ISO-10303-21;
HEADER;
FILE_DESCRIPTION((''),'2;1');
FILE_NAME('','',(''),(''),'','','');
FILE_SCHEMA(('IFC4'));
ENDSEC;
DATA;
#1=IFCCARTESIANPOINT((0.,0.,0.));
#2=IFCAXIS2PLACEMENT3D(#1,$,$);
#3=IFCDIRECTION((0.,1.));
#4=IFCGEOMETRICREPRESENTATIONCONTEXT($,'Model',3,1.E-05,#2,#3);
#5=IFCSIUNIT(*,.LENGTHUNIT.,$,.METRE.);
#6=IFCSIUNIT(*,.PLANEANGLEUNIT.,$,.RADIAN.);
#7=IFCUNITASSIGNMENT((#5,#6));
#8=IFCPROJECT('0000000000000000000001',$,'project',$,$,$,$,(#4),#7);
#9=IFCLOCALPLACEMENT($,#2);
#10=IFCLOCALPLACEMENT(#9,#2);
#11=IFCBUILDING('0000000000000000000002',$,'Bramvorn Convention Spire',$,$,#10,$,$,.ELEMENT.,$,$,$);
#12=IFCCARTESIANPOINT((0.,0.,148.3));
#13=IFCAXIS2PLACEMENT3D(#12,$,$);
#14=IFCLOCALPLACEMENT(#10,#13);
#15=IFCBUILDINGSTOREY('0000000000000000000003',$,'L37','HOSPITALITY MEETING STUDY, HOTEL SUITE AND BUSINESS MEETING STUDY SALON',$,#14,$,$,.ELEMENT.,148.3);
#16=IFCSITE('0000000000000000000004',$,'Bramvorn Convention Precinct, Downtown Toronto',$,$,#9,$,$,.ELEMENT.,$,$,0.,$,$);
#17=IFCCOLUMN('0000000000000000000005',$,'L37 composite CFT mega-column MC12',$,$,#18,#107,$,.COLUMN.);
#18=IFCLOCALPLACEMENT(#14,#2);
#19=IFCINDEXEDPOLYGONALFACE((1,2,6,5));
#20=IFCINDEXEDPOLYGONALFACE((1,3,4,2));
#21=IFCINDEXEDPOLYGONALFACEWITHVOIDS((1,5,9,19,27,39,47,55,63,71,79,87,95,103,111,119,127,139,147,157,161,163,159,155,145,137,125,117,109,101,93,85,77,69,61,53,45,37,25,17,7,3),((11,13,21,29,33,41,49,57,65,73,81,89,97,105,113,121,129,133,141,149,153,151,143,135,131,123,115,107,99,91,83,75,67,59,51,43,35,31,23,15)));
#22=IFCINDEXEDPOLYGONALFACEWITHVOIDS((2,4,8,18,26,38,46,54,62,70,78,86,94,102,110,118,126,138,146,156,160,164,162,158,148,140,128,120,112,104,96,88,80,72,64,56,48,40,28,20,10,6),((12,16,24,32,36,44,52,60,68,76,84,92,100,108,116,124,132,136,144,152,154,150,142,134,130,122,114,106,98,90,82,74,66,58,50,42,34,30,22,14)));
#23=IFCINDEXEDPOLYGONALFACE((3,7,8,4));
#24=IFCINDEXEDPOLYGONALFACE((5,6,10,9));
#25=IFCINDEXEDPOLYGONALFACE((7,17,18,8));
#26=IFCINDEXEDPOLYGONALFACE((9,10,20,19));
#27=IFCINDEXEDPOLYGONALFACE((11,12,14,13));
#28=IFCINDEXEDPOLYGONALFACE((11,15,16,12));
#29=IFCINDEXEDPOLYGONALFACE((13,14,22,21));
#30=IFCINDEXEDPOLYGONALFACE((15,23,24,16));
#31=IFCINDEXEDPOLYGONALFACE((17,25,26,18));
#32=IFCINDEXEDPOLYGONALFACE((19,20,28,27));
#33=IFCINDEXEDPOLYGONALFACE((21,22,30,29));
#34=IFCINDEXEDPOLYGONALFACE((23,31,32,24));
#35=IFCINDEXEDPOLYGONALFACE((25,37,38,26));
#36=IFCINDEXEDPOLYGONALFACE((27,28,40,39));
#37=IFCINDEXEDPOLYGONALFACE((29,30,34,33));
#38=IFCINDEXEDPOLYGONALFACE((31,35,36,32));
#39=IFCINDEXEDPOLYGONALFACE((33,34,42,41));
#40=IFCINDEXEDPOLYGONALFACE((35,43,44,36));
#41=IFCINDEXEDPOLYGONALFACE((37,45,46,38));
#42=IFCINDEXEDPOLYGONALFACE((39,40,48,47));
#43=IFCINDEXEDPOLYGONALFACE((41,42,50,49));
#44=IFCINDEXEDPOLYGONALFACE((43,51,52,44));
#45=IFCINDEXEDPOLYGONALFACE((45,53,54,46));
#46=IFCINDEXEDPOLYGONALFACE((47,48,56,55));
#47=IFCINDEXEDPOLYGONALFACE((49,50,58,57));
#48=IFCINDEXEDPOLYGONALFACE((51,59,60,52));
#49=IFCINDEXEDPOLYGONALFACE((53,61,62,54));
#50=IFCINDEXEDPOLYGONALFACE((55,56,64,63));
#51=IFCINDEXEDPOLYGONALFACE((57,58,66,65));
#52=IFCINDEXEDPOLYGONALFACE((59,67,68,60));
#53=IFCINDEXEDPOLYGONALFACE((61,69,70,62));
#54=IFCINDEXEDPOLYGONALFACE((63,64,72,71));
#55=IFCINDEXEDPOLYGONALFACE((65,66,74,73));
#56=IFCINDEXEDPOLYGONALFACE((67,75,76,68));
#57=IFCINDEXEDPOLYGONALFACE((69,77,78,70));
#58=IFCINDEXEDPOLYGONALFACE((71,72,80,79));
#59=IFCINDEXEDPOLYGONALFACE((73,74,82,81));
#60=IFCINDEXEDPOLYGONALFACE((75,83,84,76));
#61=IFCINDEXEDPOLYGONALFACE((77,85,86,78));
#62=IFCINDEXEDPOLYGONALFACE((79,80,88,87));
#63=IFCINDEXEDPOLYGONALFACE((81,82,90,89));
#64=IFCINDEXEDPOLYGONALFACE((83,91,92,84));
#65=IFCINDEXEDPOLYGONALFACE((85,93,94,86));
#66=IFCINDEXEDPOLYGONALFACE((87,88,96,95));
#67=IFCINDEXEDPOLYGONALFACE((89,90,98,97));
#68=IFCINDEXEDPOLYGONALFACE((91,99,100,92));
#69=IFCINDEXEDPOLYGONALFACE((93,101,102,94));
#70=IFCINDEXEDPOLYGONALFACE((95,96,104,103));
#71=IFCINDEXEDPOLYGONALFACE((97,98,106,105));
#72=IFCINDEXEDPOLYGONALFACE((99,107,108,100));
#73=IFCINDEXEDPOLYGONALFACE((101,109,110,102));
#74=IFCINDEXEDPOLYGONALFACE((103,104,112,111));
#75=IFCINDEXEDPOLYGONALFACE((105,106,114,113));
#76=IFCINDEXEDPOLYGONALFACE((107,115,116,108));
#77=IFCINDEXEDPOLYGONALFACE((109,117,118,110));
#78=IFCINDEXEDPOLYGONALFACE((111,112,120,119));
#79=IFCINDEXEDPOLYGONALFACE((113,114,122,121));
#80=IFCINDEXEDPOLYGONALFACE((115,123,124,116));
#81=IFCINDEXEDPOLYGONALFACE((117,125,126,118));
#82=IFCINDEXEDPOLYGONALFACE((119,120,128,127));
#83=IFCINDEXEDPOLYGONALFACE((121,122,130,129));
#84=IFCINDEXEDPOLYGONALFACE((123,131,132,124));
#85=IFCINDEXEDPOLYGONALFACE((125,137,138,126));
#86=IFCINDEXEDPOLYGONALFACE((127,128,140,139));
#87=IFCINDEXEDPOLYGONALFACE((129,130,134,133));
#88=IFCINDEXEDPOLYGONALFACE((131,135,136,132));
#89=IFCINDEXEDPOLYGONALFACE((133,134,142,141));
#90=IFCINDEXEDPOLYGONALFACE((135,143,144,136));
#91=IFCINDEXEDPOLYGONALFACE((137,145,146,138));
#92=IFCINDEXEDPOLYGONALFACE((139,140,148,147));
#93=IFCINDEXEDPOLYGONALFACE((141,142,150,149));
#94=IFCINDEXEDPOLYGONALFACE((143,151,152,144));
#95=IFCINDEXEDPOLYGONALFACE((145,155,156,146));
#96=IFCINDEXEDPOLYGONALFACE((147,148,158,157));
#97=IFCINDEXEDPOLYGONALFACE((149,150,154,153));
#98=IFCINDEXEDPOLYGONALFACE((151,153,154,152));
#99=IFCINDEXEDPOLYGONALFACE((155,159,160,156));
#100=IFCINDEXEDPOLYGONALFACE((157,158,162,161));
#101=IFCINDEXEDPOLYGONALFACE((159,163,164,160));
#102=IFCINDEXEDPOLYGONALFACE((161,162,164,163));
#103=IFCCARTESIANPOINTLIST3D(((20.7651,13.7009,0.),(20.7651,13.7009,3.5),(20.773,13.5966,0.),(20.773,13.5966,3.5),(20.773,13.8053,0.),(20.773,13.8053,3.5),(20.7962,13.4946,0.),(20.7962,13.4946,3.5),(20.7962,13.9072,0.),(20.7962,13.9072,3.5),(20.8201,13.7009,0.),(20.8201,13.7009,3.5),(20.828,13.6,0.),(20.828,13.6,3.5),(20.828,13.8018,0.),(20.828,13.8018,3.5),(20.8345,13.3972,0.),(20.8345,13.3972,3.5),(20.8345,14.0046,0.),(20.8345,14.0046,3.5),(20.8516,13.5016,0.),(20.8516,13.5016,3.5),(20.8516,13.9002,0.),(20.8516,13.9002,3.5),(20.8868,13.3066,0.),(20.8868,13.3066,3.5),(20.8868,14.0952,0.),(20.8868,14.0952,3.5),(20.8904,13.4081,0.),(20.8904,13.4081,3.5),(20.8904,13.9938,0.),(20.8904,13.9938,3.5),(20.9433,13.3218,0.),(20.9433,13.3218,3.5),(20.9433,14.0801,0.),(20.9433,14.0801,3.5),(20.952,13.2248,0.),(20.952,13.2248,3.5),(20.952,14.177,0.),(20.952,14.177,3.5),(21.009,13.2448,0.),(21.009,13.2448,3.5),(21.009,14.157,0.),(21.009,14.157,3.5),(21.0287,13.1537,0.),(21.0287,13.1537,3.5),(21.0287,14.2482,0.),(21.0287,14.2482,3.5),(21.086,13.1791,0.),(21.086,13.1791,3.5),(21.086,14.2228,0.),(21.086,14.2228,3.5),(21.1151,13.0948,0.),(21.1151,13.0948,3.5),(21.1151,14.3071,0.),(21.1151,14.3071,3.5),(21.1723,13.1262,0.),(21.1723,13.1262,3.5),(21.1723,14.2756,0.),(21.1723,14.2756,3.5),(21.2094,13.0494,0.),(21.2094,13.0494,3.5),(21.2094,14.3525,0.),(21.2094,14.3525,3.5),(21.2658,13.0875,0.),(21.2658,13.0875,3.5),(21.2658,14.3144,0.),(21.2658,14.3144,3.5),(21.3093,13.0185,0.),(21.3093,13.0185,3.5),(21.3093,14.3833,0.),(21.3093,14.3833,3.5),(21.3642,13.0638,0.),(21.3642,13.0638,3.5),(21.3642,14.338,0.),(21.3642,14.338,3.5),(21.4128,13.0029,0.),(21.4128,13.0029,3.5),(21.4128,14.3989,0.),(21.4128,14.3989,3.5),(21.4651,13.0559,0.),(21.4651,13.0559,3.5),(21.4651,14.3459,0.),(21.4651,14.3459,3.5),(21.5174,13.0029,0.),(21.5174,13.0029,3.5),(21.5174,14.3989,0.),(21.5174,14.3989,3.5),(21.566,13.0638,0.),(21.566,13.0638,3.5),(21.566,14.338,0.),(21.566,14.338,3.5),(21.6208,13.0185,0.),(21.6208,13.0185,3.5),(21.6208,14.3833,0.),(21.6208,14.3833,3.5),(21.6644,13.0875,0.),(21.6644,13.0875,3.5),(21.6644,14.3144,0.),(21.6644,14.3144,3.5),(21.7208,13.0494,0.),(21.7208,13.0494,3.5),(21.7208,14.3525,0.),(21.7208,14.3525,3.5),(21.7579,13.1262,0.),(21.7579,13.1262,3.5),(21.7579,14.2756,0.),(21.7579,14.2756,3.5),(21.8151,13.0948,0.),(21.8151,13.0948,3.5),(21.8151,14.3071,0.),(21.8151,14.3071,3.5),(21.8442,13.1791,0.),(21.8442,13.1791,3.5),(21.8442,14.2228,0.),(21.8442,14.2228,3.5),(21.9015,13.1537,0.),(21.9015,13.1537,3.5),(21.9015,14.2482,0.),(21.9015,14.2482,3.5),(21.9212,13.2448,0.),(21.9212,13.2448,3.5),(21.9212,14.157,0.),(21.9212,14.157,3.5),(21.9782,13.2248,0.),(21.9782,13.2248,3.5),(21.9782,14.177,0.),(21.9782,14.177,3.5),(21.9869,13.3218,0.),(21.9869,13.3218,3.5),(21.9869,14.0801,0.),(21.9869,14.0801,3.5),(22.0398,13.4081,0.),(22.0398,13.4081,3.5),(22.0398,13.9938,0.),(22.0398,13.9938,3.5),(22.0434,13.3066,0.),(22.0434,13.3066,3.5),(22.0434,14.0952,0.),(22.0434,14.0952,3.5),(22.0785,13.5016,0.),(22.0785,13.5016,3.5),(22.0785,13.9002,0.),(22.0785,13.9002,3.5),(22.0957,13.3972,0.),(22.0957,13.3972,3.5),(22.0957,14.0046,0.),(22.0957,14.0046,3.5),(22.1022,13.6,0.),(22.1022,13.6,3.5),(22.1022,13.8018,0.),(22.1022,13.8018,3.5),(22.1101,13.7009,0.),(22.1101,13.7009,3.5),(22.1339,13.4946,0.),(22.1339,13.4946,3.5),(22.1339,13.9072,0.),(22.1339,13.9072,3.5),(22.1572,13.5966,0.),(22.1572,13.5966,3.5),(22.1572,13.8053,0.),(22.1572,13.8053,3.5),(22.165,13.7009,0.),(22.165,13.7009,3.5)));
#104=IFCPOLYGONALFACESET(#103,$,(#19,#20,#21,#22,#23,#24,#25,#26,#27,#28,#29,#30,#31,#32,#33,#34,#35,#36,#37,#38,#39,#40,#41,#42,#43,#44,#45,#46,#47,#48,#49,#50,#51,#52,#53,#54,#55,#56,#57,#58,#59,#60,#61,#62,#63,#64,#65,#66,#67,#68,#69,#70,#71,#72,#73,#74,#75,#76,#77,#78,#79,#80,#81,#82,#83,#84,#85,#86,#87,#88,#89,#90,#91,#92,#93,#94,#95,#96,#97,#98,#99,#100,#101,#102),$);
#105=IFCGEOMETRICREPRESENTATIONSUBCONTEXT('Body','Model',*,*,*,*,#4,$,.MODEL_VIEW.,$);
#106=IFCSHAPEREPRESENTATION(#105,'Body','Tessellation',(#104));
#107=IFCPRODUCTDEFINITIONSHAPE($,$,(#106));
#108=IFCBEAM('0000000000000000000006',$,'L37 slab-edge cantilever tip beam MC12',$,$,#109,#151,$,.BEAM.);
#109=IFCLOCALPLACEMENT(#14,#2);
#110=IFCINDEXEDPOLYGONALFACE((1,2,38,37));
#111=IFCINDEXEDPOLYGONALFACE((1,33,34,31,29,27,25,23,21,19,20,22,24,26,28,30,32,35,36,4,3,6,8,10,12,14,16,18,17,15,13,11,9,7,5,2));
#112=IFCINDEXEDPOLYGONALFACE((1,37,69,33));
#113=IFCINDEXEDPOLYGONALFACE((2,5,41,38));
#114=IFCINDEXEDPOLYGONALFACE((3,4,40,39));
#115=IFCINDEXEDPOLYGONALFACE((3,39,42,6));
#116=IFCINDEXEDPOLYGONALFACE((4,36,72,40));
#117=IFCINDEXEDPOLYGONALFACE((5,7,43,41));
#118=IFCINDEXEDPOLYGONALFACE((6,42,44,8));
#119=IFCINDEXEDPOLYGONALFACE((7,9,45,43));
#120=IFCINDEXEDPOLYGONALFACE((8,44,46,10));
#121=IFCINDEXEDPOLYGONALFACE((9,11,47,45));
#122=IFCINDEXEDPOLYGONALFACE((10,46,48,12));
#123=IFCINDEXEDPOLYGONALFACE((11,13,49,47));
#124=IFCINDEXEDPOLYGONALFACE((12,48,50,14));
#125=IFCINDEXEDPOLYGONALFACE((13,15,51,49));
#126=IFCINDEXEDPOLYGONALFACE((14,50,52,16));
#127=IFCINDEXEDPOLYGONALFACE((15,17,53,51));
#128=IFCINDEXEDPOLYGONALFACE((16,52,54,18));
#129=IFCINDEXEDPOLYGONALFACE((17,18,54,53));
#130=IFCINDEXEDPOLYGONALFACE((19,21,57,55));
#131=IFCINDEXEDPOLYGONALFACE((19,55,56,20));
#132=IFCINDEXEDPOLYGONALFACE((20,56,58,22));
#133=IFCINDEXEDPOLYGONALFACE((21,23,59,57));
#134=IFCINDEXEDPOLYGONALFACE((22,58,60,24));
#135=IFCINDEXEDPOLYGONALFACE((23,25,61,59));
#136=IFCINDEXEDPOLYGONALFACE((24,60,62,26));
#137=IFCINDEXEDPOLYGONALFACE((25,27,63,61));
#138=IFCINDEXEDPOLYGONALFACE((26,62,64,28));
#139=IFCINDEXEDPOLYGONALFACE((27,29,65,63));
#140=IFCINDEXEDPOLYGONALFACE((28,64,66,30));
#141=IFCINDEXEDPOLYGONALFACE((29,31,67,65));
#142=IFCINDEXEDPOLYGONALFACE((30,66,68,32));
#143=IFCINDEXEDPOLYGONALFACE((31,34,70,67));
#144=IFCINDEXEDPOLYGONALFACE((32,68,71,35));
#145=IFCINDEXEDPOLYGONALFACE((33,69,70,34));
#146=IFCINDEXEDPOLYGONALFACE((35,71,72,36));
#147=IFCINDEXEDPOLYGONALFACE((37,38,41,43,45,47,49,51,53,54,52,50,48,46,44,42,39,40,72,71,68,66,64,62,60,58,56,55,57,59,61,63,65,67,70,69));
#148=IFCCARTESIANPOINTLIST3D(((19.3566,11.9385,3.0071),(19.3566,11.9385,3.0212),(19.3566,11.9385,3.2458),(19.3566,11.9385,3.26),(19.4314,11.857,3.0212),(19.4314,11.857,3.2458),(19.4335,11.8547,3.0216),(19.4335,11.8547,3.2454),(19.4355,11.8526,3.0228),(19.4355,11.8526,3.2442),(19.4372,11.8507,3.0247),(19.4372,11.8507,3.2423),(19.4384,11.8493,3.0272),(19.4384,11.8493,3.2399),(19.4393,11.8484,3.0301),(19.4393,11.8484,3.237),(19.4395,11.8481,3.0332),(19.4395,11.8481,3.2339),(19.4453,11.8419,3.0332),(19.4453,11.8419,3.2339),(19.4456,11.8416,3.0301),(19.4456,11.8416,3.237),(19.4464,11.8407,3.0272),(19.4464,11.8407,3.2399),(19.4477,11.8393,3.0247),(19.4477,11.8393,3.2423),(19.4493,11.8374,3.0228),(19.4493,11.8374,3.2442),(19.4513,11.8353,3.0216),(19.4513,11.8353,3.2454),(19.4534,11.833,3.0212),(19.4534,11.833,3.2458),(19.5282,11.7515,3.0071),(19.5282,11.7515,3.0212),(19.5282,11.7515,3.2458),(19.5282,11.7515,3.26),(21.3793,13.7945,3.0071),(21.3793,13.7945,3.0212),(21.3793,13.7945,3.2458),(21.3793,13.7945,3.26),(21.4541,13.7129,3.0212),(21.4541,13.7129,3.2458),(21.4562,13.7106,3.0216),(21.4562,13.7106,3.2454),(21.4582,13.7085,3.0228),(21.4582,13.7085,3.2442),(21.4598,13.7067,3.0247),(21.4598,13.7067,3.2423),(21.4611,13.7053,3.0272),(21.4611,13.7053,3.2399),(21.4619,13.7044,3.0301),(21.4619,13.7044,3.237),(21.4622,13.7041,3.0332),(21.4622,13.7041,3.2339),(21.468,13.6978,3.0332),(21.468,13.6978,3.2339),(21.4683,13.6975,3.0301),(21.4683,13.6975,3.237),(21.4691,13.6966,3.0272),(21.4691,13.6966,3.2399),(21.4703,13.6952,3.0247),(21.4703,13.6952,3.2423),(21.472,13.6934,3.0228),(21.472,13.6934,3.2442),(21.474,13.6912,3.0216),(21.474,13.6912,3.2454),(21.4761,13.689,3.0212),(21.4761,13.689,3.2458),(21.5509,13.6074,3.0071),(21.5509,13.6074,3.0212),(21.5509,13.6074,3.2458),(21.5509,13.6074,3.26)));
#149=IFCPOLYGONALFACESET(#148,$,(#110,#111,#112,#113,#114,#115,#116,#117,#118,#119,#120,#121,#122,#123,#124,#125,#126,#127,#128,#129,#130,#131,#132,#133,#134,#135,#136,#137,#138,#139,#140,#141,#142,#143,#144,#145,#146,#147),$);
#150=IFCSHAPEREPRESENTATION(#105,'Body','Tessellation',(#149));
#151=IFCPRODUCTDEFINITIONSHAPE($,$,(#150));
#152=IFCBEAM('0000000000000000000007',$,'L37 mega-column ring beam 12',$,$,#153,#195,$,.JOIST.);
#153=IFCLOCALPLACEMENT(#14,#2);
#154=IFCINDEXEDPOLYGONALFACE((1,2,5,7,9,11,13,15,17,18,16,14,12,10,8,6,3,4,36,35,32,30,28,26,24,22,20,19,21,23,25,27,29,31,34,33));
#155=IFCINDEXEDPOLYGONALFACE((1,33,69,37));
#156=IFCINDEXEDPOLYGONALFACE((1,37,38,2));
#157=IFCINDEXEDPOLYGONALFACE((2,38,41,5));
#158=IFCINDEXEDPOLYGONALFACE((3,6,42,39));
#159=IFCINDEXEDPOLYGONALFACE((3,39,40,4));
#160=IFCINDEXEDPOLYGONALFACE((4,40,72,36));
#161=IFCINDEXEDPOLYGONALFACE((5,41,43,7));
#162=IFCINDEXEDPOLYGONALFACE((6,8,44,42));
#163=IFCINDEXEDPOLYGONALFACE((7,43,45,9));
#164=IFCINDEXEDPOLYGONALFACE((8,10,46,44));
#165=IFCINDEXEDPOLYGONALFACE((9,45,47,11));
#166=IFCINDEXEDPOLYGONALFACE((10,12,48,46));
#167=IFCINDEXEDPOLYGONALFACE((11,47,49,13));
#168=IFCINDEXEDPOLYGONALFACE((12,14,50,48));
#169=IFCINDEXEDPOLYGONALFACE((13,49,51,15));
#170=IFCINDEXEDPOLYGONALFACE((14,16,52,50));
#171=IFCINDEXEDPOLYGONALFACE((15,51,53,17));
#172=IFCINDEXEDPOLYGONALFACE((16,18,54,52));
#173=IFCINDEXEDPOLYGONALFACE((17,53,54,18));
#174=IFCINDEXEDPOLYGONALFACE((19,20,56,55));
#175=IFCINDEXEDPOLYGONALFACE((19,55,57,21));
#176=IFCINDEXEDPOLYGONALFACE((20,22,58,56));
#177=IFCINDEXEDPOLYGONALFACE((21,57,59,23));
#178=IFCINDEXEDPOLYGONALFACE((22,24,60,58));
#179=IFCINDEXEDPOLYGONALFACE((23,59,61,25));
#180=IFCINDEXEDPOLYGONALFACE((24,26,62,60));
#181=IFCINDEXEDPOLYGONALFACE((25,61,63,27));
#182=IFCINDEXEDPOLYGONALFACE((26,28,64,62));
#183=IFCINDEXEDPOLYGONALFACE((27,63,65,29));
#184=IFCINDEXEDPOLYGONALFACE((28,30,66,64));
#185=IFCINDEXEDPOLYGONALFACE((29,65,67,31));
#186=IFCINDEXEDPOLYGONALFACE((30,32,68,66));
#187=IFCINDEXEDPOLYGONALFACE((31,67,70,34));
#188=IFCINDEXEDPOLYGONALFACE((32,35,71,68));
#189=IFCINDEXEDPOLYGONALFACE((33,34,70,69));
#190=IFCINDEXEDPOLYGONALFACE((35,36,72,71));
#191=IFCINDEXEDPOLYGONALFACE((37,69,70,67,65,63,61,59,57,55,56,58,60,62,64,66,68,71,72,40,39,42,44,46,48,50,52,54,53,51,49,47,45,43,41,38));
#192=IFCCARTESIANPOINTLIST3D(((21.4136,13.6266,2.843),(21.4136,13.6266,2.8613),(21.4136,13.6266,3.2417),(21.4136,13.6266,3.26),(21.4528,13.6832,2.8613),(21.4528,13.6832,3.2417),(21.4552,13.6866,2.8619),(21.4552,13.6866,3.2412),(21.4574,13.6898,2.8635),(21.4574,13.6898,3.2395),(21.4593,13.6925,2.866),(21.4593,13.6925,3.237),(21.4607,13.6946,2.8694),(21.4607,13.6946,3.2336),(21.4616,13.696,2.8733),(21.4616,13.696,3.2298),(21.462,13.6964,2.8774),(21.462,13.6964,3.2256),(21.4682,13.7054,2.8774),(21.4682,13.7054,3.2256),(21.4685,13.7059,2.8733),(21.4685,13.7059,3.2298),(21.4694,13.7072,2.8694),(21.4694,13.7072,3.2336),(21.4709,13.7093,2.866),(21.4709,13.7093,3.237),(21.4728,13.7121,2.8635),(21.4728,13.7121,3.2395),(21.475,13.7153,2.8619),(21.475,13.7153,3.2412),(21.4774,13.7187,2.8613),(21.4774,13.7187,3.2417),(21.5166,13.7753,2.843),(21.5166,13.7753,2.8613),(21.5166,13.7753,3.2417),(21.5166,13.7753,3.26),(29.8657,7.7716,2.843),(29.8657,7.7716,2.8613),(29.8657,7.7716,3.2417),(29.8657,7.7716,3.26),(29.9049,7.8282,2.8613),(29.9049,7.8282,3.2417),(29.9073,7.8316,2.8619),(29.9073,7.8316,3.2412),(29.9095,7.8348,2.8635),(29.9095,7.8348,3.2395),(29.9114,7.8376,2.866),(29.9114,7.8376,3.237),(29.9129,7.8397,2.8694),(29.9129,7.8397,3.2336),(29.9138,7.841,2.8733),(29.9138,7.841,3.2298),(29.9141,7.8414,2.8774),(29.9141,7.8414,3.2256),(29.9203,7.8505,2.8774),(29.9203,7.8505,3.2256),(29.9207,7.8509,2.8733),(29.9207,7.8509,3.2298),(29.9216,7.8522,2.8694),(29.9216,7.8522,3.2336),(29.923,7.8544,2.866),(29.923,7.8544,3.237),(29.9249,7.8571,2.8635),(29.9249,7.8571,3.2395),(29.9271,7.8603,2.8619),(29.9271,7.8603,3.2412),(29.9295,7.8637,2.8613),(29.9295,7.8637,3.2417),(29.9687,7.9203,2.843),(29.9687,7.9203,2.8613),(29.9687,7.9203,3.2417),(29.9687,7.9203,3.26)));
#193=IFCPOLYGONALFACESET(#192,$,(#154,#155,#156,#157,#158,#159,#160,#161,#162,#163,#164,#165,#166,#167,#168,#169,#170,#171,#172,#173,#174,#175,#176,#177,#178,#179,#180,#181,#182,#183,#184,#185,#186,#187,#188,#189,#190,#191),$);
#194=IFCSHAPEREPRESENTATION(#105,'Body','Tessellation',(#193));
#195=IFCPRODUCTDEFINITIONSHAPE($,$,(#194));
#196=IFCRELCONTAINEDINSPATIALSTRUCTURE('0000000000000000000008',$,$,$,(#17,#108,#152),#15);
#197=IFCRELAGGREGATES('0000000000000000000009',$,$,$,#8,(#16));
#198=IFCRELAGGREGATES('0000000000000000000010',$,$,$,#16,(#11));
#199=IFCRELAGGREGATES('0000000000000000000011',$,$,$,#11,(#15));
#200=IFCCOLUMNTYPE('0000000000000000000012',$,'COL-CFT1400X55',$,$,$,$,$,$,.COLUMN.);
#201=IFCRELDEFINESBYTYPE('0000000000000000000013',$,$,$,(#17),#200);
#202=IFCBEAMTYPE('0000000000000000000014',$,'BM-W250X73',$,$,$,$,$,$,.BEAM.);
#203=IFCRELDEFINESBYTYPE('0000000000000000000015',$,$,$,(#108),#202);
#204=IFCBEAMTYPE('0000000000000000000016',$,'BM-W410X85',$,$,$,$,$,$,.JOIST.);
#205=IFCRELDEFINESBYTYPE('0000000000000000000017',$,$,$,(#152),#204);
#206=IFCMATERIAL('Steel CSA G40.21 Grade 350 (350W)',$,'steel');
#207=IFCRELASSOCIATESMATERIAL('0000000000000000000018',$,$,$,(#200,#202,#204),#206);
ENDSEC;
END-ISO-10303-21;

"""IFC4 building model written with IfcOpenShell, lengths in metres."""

from ifc_helpers import new_model, si_unit, direction, frame, origin, origin_2d, place, context, subcontext, project, spatial, hollow_circle, i_section, extrude, material, material_profile, profile_set, type_object, element, save


model = new_model("IFC4")

# Units and contexts
model_context = context("Model", 3, precision=1e-05, world=origin(), true_north=direction((0.0, 1.0)))
body_context = subcontext(model_context, "Body", "Model", "MODEL_VIEW")
ifc_project = project(units=[si_unit("LENGTHUNIT", "METRE"), si_unit("PLANEANGLEUNIT", "RADIAN")], contexts=[model_context])

# Site, building, storey
site_placement = place(None, origin())
site = spatial("IfcSite", under=ifc_project, at=site_placement, Name="Bramvorn Convention Precinct, Downtown Toronto", CompositionType="ELEMENT", RefElevation=0.0)
building_placement = place(site_placement, origin())
building = spatial("IfcBuilding", under=site, at=building_placement, Name="Bramvorn Convention Spire", CompositionType="ELEMENT")
storey_placement = place(building_placement, frame((0.0, 0.0, 148.3)))
storey = spatial("IfcBuildingStorey", under=building, at=storey_placement, Name="L37", Description="HOSPITALITY MEETING STUDY, HOTEL SUITE AND BUSINESS MEETING STUDY SALON", CompositionType="ELEMENT", Elevation=148.3)

# Column
ifc_material_1 = material(Name="Steel CSA G40.21 Grade 350 (350W)", Category="steel")
ifc_material_profile_1 = material_profile(ifc_material_1, hollow_circle(Radius=0.7, WallThickness=0.0549, at=origin_2d()))
ifc_profile_set_1 = profile_set([ifc_material_profile_1], Name="Steel CSA G40.21 Grade 350 (350W) - CFT1400X55")
column_type = type_object("IfcColumnType", Name="COL-CFT1400X55", PredefinedType="COLUMN", material=ifc_profile_set_1)
column_placement = place(storey_placement, frame((21.4651, 13.7009, 0.0), z_axis=(0.0, 0.0, 1.0), x_axis=(1.0, 0.0, 0.0)))
element("IfcColumn", 1, at=column_placement, inside=storey, type_object=column_type, Name="L37 composite CFT mega-column MC12", PredefinedType="COLUMN", context=body_context, shape_type="SweptSolid", body=[
    extrude(hollow_circle(Radius=0.7, WallThickness=0.0549, at=origin_2d()), origin(), (0.0, 0.0, 1.0), 3.5),
])

# Beams
ifc_material_profile_2 = material_profile(ifc_material_1, i_section(OverallWidth=0.2539, OverallDepth=0.2529, WebThickness=0.0085, FlangeThickness=0.0142, FilletRadius=0.012, at=origin_2d()))
ifc_profile_set_2 = profile_set([ifc_material_profile_2], Name="Steel CSA G40.21 Grade 350 (350W) - W250X73")
beam_type_1 = type_object("IfcBeamType", Name="BM-W250X73", PredefinedType="BEAM", material=ifc_profile_set_2)
beam_1_placement = place(storey_placement, frame((21.4651, 13.7009, 3.1335), z_axis=(-0.736825, -0.676083, 0.0), x_axis=(0.676083, -0.736825, 0.0)))
element("IfcBeam", 2, at=beam_1_placement, inside=storey, type_object=beam_type_1, Name="L37 slab-edge cantilever tip beam MC12", PredefinedType="BEAM", context=body_context, shape_type="SweptSolid", body=[
    extrude(i_section(OverallWidth=0.2539, OverallDepth=0.2529, WebThickness=0.0085, FlangeThickness=0.0142, FilletRadius=0.012, at=origin_2d()), origin(), (0.0, 0.0, 1.0), 2.7451),
])
ifc_material_profile_3 = material_profile(ifc_material_1, i_section(OverallWidth=0.1809, OverallDepth=0.417, WebThickness=0.011, FlangeThickness=0.0183, FilletRadius=0.0161, at=origin_2d()))
ifc_profile_set_3 = profile_set([ifc_material_profile_3], Name="Steel CSA G40.21 Grade 350 (350W) - W410X85")
beam_type_2 = type_object("IfcBeamType", Name="BM-W410X85", PredefinedType="JOIST", material=ifc_profile_set_3)
beam_2_placement = place(storey_placement, frame((21.4651, 13.7009, 3.0515), z_axis=(0.822033, -0.56944, 0.0), x_axis=(0.56944, 0.822033, 0.0)))
element("IfcBeam", 3, at=beam_2_placement, inside=storey, type_object=beam_type_2, Name="L37 mega-column ring beam 12", PredefinedType="JOIST", context=body_context, shape_type="SweptSolid", body=[
    extrude(i_section(OverallWidth=0.1809, OverallDepth=0.417, WebThickness=0.011, FlangeThickness=0.0183, FilletRadius=0.0161, at=origin_2d()), origin(), (0.0, 0.0, 1.0), 10.282),
])

save(model, "model.ifc")
